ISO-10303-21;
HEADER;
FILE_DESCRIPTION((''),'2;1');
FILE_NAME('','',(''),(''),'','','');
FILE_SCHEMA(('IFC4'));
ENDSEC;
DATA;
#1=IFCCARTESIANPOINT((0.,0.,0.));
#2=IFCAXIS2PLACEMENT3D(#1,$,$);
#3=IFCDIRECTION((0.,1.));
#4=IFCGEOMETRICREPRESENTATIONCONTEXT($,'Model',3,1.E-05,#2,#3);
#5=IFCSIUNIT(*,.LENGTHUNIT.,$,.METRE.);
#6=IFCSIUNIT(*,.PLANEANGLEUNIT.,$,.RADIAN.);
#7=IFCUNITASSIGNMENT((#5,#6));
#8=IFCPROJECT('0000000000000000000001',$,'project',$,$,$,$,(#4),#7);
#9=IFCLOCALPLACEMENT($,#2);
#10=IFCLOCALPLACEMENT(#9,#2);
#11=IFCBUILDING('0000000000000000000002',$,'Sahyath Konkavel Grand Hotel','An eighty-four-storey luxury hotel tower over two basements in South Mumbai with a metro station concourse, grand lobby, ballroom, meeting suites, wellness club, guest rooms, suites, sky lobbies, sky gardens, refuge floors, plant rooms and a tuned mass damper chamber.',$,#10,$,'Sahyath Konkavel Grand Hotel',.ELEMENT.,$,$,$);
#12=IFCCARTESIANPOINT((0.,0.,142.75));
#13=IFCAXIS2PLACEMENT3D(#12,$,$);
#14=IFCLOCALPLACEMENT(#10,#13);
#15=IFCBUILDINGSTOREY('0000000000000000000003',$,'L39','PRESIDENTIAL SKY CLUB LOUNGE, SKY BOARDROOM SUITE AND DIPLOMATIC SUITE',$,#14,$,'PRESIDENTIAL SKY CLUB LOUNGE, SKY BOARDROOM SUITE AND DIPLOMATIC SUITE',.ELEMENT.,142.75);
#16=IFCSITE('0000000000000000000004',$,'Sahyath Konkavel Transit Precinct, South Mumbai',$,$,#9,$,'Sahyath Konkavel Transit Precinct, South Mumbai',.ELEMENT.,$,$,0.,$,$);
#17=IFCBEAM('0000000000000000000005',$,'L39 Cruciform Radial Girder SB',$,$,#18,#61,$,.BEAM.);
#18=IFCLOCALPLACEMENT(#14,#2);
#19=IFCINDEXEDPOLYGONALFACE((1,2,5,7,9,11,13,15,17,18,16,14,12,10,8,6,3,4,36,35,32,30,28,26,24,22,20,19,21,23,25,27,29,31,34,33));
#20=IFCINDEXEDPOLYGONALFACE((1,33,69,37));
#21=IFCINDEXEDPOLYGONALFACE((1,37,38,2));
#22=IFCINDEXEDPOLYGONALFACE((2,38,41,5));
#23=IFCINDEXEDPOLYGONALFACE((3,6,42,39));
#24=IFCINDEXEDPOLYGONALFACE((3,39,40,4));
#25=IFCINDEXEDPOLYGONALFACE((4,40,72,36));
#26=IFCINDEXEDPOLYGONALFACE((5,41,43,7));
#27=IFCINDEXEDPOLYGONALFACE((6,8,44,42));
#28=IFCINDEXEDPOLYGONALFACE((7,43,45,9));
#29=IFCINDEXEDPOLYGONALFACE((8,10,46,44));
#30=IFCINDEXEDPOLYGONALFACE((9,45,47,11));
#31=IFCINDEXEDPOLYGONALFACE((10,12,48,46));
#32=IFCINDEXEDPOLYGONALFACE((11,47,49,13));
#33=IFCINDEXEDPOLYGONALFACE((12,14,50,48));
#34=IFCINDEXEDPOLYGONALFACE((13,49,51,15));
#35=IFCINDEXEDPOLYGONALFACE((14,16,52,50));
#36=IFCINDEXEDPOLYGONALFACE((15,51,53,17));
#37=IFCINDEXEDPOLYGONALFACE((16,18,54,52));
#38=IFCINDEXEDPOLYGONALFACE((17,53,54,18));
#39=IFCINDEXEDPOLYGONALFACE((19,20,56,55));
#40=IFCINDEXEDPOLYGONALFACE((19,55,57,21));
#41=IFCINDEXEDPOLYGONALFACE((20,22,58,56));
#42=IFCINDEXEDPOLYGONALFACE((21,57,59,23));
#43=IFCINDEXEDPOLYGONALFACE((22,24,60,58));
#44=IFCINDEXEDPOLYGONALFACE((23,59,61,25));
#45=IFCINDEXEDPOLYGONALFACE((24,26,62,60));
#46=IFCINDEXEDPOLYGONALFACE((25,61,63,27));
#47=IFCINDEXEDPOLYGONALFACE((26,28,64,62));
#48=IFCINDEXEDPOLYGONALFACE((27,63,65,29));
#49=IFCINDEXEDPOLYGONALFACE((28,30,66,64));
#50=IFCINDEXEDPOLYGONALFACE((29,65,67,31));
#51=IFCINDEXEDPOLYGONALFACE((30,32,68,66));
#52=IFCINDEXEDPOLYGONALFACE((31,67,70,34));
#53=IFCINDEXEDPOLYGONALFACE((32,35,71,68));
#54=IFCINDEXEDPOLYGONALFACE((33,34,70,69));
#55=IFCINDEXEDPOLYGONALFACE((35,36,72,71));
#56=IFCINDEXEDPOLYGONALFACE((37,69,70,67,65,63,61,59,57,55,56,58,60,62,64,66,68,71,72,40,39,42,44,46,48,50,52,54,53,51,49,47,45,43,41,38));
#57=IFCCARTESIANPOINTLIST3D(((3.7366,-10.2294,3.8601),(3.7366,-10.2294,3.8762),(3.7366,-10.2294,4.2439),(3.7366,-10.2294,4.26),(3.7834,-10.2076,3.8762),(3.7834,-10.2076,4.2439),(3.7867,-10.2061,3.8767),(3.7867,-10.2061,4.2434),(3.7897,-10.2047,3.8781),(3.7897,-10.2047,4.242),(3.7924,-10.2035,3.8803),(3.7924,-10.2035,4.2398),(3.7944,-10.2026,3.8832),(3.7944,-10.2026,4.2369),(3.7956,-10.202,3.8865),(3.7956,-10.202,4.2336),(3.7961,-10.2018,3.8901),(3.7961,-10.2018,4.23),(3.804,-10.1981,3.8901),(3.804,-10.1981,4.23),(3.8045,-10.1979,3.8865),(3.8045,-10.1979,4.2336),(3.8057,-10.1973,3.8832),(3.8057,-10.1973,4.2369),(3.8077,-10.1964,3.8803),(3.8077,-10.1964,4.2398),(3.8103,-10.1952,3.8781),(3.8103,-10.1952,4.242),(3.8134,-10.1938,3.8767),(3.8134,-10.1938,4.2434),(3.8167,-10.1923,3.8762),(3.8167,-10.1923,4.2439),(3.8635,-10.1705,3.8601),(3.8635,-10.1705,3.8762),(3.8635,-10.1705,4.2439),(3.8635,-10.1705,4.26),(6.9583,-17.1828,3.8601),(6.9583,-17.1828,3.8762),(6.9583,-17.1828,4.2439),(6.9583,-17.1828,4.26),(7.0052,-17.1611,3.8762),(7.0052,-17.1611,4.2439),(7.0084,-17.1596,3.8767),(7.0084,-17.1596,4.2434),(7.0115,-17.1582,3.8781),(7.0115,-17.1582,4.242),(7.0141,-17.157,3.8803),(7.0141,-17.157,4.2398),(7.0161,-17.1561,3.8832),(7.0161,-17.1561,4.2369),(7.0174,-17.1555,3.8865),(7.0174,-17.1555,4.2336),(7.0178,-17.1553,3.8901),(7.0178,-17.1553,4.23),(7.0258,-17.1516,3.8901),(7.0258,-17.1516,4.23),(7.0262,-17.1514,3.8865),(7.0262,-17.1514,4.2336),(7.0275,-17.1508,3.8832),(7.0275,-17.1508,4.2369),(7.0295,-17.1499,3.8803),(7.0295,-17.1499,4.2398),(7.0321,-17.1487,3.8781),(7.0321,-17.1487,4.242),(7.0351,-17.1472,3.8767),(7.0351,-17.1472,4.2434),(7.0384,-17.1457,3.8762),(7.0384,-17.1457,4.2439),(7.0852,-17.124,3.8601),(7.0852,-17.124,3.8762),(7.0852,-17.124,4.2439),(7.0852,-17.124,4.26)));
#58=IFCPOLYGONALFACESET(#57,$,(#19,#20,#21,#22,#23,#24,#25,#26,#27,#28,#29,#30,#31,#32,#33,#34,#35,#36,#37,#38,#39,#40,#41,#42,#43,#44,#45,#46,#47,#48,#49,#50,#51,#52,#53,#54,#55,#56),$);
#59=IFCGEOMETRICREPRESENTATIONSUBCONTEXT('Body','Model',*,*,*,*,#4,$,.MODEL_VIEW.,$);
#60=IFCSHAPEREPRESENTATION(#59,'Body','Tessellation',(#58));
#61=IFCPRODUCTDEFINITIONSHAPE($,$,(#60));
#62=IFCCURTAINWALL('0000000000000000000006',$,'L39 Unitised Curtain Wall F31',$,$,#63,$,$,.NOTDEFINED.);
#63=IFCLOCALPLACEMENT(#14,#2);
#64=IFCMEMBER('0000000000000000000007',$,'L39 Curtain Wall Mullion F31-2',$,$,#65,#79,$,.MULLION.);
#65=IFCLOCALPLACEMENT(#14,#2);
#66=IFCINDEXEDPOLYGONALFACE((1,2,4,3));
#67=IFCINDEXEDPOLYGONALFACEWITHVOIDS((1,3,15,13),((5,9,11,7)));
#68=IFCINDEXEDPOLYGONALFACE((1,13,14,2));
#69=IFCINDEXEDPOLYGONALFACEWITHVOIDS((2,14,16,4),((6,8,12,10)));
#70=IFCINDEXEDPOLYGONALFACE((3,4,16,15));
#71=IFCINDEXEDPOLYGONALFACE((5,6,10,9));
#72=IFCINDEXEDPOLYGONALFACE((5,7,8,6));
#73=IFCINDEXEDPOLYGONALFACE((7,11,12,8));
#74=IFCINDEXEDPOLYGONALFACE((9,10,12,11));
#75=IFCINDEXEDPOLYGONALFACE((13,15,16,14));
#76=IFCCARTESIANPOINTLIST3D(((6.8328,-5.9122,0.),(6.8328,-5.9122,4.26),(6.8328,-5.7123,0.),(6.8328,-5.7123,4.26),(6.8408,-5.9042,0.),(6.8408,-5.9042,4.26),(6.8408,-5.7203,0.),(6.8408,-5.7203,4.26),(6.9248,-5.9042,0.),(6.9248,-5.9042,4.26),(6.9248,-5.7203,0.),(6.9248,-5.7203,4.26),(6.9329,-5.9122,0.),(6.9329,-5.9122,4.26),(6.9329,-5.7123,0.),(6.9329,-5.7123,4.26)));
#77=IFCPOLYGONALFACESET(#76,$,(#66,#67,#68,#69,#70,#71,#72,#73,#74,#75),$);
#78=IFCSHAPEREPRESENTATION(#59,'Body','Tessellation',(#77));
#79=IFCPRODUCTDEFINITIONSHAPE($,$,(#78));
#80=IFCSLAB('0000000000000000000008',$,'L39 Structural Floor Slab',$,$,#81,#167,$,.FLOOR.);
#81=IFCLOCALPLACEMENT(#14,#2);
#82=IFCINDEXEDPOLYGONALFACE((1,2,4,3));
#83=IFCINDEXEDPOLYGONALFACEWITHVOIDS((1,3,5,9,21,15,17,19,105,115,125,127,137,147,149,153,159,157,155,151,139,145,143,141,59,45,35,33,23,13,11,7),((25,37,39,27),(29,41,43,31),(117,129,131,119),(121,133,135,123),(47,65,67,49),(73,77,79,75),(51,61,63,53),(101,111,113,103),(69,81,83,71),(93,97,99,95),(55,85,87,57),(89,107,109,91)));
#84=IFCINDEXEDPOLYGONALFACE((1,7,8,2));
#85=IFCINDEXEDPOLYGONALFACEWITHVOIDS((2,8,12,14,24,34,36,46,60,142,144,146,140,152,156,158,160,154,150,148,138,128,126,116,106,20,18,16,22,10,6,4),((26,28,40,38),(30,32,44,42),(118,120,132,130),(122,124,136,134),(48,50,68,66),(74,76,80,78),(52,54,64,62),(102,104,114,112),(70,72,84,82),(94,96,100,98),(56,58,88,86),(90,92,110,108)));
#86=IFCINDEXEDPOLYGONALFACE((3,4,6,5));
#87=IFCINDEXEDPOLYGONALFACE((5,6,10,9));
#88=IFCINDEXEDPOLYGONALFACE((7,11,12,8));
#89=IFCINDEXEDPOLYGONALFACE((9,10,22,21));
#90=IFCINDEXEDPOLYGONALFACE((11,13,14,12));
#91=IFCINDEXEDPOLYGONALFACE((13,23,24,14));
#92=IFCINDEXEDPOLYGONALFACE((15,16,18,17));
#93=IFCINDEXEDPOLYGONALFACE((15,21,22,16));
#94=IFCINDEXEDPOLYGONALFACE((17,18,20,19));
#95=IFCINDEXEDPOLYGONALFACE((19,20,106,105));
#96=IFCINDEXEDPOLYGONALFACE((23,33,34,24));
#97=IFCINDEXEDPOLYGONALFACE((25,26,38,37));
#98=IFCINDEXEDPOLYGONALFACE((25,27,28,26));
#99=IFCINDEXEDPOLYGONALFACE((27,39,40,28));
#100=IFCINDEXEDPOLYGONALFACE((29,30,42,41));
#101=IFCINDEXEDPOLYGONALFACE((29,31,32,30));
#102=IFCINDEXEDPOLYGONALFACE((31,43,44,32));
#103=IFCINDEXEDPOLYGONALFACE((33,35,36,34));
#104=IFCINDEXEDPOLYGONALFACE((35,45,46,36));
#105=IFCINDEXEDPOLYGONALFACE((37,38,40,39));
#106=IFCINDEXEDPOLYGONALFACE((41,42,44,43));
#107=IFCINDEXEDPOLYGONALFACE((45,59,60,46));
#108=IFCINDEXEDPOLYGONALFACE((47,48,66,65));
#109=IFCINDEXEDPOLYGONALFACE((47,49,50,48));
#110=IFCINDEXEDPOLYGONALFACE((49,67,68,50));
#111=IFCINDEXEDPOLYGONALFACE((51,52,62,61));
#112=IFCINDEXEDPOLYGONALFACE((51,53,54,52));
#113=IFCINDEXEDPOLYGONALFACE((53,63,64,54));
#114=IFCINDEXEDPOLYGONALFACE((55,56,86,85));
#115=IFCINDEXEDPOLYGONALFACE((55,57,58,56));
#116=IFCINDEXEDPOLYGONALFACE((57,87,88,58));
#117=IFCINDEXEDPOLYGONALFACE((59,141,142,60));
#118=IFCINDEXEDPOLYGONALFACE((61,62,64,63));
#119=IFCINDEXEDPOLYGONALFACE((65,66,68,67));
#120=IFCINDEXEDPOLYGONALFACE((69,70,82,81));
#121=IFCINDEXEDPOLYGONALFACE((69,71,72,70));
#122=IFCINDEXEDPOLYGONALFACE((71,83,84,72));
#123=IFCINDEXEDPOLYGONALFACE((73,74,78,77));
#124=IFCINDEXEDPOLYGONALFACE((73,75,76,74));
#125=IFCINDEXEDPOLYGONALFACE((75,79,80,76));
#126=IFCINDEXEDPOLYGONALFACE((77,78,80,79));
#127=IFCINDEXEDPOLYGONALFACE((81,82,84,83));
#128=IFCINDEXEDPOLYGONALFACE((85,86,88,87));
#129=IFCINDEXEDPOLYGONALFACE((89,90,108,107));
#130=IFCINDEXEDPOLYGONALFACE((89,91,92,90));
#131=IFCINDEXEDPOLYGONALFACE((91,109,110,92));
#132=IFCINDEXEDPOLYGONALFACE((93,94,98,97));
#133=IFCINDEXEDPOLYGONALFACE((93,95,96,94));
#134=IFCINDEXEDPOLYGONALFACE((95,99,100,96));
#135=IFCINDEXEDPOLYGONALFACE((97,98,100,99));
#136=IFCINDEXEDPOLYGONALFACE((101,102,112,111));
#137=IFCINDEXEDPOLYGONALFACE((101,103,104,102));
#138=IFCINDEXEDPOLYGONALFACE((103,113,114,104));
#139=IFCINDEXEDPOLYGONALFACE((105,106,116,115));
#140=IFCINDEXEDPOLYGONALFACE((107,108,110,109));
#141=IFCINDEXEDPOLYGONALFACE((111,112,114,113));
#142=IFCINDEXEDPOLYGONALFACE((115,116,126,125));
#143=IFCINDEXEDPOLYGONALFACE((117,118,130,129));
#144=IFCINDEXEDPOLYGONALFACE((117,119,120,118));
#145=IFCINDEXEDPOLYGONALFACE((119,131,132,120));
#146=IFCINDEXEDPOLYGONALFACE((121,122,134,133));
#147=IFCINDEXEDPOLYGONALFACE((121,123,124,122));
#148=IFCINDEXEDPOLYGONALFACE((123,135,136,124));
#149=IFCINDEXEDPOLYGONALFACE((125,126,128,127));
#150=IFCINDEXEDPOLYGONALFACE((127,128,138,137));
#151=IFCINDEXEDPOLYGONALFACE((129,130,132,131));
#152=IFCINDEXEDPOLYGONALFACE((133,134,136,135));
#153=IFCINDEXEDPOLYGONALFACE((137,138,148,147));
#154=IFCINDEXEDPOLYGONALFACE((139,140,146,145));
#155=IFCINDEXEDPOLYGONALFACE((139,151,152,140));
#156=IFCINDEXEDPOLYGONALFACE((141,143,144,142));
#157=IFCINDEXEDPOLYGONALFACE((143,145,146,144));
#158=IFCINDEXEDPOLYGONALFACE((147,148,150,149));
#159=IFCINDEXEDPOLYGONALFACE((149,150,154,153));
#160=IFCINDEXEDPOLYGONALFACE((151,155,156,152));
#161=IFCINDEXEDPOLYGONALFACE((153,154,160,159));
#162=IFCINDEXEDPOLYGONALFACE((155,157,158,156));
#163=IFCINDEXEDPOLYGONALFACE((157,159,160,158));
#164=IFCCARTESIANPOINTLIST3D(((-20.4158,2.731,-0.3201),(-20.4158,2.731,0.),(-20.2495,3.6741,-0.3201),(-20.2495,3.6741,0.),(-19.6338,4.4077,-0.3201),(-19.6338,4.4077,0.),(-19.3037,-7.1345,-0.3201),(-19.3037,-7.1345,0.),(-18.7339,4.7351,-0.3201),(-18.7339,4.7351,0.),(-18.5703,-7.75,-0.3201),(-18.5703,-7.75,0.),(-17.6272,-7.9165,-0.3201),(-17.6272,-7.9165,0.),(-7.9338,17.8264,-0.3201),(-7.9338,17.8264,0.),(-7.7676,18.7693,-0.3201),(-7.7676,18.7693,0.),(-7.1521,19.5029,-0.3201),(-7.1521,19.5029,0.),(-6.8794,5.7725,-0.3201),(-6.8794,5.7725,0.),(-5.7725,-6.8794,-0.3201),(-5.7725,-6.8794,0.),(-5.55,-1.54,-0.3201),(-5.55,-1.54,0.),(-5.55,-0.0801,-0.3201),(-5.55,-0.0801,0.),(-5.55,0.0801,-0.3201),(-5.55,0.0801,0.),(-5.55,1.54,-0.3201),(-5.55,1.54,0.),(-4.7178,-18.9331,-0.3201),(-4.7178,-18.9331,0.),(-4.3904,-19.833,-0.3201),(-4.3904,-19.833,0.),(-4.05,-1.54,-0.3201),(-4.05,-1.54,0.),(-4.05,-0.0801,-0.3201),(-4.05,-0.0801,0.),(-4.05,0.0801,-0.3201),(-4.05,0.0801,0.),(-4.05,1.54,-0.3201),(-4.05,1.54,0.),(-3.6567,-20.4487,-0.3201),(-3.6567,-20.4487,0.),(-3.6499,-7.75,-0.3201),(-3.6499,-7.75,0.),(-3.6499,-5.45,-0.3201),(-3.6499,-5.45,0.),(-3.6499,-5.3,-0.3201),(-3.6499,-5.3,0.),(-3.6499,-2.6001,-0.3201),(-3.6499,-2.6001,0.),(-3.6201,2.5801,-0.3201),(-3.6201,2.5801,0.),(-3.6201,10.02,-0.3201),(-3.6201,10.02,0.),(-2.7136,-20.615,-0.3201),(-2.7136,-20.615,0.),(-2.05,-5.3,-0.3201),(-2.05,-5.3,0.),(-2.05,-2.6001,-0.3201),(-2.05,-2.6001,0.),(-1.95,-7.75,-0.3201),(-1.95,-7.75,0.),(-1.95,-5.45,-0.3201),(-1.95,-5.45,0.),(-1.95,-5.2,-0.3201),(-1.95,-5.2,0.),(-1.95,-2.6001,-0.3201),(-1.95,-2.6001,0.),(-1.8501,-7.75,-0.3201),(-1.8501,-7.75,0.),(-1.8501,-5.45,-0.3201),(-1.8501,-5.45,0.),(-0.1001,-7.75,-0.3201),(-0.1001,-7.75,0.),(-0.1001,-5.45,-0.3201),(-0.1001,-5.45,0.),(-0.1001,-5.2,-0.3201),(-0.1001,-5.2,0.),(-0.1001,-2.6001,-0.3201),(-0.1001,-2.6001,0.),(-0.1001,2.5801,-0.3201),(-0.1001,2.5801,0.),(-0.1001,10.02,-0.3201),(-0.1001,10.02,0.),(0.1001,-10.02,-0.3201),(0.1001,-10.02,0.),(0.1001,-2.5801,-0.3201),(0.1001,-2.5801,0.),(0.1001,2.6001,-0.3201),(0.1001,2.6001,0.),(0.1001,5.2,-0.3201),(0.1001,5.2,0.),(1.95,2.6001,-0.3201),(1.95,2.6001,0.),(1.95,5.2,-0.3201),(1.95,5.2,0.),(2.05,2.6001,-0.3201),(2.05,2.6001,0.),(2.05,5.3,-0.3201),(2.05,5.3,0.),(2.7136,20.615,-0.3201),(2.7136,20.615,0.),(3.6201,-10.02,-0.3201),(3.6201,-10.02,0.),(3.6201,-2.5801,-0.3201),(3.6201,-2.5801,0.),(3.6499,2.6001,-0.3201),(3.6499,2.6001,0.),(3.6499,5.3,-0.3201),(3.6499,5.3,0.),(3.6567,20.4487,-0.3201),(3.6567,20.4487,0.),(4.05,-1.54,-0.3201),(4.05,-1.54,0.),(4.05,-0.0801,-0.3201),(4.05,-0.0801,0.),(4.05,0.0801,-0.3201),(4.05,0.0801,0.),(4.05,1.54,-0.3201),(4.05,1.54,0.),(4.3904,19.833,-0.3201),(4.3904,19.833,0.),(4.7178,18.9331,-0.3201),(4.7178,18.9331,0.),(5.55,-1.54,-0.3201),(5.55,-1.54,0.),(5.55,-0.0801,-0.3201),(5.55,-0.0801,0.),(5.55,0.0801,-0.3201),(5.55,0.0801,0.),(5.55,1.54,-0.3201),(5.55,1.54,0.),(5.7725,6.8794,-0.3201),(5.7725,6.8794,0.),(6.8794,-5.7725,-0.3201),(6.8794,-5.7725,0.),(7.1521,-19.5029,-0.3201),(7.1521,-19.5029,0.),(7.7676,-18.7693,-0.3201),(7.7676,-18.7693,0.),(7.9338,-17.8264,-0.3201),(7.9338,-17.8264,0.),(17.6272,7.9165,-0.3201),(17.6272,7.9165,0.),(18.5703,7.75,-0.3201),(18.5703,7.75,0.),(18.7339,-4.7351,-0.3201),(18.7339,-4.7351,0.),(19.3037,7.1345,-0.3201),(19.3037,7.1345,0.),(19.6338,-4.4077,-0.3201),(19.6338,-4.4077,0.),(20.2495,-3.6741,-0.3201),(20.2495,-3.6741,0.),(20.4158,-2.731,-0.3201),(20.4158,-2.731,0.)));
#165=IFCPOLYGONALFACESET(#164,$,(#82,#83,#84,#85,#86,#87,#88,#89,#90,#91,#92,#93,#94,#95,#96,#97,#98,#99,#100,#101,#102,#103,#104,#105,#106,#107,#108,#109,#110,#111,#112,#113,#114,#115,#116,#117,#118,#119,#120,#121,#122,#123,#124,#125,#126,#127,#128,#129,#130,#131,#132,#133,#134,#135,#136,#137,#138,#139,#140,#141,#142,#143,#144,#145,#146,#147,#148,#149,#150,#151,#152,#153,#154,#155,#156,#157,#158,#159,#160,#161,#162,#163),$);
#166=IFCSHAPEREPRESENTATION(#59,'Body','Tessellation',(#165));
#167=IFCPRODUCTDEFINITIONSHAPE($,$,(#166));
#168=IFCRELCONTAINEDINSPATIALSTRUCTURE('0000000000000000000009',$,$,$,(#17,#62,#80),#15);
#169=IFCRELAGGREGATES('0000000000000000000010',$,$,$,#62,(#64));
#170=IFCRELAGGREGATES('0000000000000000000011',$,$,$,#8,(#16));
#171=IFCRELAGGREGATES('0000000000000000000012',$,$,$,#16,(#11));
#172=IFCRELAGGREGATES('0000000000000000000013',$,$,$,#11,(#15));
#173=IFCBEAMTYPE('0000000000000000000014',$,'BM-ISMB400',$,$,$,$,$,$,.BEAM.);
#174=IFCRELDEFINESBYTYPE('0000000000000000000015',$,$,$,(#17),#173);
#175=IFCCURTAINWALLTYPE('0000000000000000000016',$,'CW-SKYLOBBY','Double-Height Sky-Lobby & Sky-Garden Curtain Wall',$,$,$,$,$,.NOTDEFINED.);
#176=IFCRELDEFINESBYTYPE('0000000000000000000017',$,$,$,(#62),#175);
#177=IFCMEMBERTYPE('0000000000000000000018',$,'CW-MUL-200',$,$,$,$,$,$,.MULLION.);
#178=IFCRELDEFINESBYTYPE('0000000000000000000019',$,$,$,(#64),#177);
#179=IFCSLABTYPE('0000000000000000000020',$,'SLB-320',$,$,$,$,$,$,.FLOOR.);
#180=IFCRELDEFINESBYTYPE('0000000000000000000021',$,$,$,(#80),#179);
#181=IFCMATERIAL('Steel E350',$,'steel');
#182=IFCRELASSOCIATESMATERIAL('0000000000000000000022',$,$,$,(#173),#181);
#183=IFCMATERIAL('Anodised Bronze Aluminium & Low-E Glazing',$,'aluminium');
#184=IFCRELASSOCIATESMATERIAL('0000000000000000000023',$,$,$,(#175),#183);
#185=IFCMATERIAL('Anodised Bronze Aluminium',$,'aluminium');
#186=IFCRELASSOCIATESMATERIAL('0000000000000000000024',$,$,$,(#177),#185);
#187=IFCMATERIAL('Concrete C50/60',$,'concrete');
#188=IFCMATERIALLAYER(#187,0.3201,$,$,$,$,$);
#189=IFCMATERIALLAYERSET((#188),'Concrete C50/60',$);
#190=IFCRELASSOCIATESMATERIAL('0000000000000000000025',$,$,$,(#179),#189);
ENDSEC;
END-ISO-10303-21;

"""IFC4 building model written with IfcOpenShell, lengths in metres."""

from ifc_helpers import new_model, si_unit, direction, frame, origin, origin_2d, place, context, subcontext, project, spatial, polyline, hollow_rectangle, i_section, outline, extrude, source, transform, mapped, material, layer, layer_set, material_profile, profile_set, type_object, element, aggregate, save


model = new_model("IFC4")

# Units and contexts
model_context = context("Model", 3, precision=1e-05, world=origin(), true_north=direction((0.0, 1.0)))
body_context = subcontext(model_context, "Body", "Model", "MODEL_VIEW")
ifc_project = project(units=[si_unit("LENGTHUNIT", "METRE"), si_unit("PLANEANGLEUNIT", "RADIAN")], contexts=[model_context])

# Site, building, storey
site_placement = place(None, origin())
site = spatial("IfcSite", under=ifc_project, at=site_placement, Name="Sahyath Konkavel Transit Precinct, South Mumbai", LongName="Sahyath Konkavel Transit Precinct, South Mumbai", CompositionType="ELEMENT", RefElevation=0.0)
building_placement = place(site_placement, origin())
building = spatial("IfcBuilding", under=site, at=building_placement, Name="Sahyath Konkavel Grand Hotel", Description="An eighty-four-storey luxury hotel tower over two basements in South Mumbai with a metro station concourse, grand lobby, ballroom, meeting suites, wellness club, guest rooms, suites, sky lobbies, sky gardens, refuge floors, plant rooms and a tuned mass damper chamber.", LongName="Sahyath Konkavel Grand Hotel", CompositionType="ELEMENT")
storey_placement = place(building_placement, frame((0.0, 0.0, 142.75)))
storey = spatial("IfcBuildingStorey", under=building, at=storey_placement, Name="L39", Description="PRESIDENTIAL SKY CLUB LOUNGE, SKY BOARDROOM SUITE AND DIPLOMATIC SUITE", LongName="PRESIDENTIAL SKY CLUB LOUNGE, SKY BOARDROOM SUITE AND DIPLOMATIC SUITE", CompositionType="ELEMENT", Elevation=142.75)

# Shared definitions
ifc_material_1 = material(Name="Concrete C50/60", Category="concrete")

# Beam
ifc_material_2 = material(Name="Steel E350", Category="steel")
ifc_material_profile_1 = material_profile(ifc_material_2, i_section(OverallWidth=0.1399, OverallDepth=0.3999, WebThickness=0.0088, FlangeThickness=0.0161, FilletRadius=0.0139, at=origin_2d()), Name="ISMB 400")
ifc_profile_set_1 = profile_set([ifc_material_profile_1], Name="Steel E350")
beam_type_1 = type_object("IfcBeamType", Name="BM-ISMB400", PredefinedType="BEAM", material=ifc_profile_set_1)
shared_shape_1 = source(origin(), body_context, "Body", "SweptSolid", [
    extrude(i_section(OverallWidth=0.1399, OverallDepth=0.3999, WebThickness=0.0088, FlangeThickness=0.0161, FilletRadius=0.0139, at=origin_2d()), origin(), (0.0, 0.0, 1.0), 7.6636),
])
beam_1_placement = place(storey_placement, frame((3.8, -10.2, 4.0601), z_axis=(0.420395, -0.907341, 0.0), x_axis=(0.907341, 0.420395, 0.0)))
element("IfcBeam", 1, at=beam_1_placement, inside=storey, type_object=beam_type_1, Name="L39 Cruciform Radial Girder SB", PredefinedType="BEAM", context=body_context, shape_type="MappedRepresentation", body=[
    mapped(shared_shape_1, transform((0.0, 0.0, 0.0), scale=1.0)),
])

# Curtain wall, member
ifc_material_3 = material(Name="Anodised Bronze Aluminium & Low-E Glazing", Category="aluminium")
curtain_wall_type = type_object("IfcCurtainWallType", Name="CW-SKYLOBBY", Description="Double-Height Sky-Lobby & Sky-Garden Curtain Wall", PredefinedType="NOTDEFINED", material=ifc_material_3)
curtain_wall_placement = place(storey_placement, origin())
curtain_wall = element("IfcCurtainWall", 2, at=curtain_wall_placement, inside=storey, type_object=curtain_wall_type, Name="L39 Unitised Curtain Wall F31", PredefinedType="NOTDEFINED")
ifc_material_4 = material(Name="Anodised Bronze Aluminium", Category="aluminium")
ifc_material_profile_2 = material_profile(ifc_material_4, hollow_rectangle(XDim=0.1001, YDim=0.2, WallThickness=0.0081, at=origin_2d()), Name="RHS 200x100x8")
ifc_profile_set_2 = profile_set([ifc_material_profile_2], Name="Anodised Bronze Aluminium")
member_type = type_object("IfcMemberType", Name="CW-MUL-200", PredefinedType="MULLION", material=ifc_profile_set_2)
shared_shape_2 = source(origin(), body_context, "Body", "SweptSolid", [
    extrude(hollow_rectangle(XDim=0.1001, YDim=0.2, WallThickness=0.0081, at=origin_2d()), origin(), (0.0, 0.0, 1.0), 4.26),
])
member_placement = place(storey_placement, frame((6.8828, -5.8123, 0.0), z_axis=(0.0, 0.0, 1.0), x_axis=(1.0, 0.0, 0.0)))
member = element("IfcMember", 3, at=member_placement, type_object=member_type, Name="L39 Curtain Wall Mullion F31-2", PredefinedType="MULLION", context=body_context, shape_type="MappedRepresentation", body=[
    mapped(shared_shape_2, transform((0.0, 0.0, 0.0), scale=1.0)),
])

# Slab
ifc_layer_1 = layer(ifc_material_1, 0.3201)
ifc_layer_set_1 = layer_set([ifc_layer_1], Name="Concrete C50/60")
slab_type = type_object("IfcSlabType", Name="SLB-320", PredefinedType="FLOOR", material=ifc_layer_set_1)
slab_placement = place(storey_placement, frame((0.0, 0.0, -0.3201)))
element("IfcSlab", 4, at=slab_placement, inside=storey, type_object=slab_type, Name="L39 Structural Floor Slab", PredefinedType="FLOOR", context=body_context, shape_type="SweptSolid", body=[
    extrude(outline(polyline([(6.8794, -5.7725), (18.7339, -4.7351), (19.6338, -4.4077), (20.2495, -3.6741), (20.4158, -2.731), (19.3037, 7.1345), (18.5703, 7.75), (17.6272, 7.9165), (5.7725, 6.8794), (4.7178, 18.9331), (4.3904, 19.833), (3.6567, 20.4487), (2.7136, 20.615), (-7.1521, 19.5029), (-7.7676, 18.7693), (-7.9338, 17.8264), (-6.8794, 5.7725), (-18.7339, 4.7351), (-19.6338, 4.4077), (-20.2495, 3.6741), (-20.4158, 2.731), (-19.3037, -7.1345), (-18.5703, -7.75), (-17.6272, -7.9165), (-5.7725, -6.8794), (-4.7178, -18.9331), (-4.3904, -19.833), (-3.6567, -20.4487), (-2.7136, -20.615), (7.1521, -19.5029), (7.7676, -18.7693), (7.9338, -17.8264), (6.8794, -5.7725)]), holes=[polyline([(-3.6201, 2.5801), (-0.1001, 2.5801), (-0.1001, 10.02), (-3.6201, 10.02), (-3.6201, 2.5801)]), polyline([(0.1001, -10.02), (3.6201, -10.02), (3.6201, -2.5801), (0.1001, -2.5801), (0.1001, -10.02)]), polyline([(0.1001, 2.6001), (1.95, 2.6001), (1.95, 5.2), (0.1001, 5.2), (0.1001, 2.6001)]), polyline([(-1.95, -5.2), (-0.1001, -5.2), (-0.1001, -2.6001), (-1.95, -2.6001), (-1.95, -5.2)]), polyline([(2.05, 2.6001), (3.6499, 2.6001), (3.6499, 5.3), (2.05, 5.3), (2.05, 2.6001)]), polyline([(-3.6499, -5.3), (-2.05, -5.3), (-2.05, -2.6001), (-3.6499, -2.6001), (-3.6499, -5.3)]), polyline([(-3.6499, -7.75), (-1.95, -7.75), (-1.95, -5.45), (-3.6499, -5.45), (-3.6499, -7.75)]), polyline([(-1.8501, -7.75), (-0.1001, -7.75), (-0.1001, -5.45), (-1.8501, -5.45), (-1.8501, -7.75)]), polyline([(4.05, 0.0801), (5.55, 0.0801), (5.55, 1.54), (4.05, 1.54), (4.05, 0.0801)]), polyline([(4.05, -1.54), (5.55, -1.54), (5.55, -0.0801), (4.05, -0.0801), (4.05, -1.54)]), polyline([(-5.55, 0.0801), (-4.05, 0.0801), (-4.05, 1.54), (-5.55, 1.54), (-5.55, 0.0801)]), polyline([(-5.55, -1.54), (-4.05, -1.54), (-4.05, -0.0801), (-5.55, -0.0801), (-5.55, -1.54)])]), origin(), (0.0, 0.0, 1.0), 0.3201),
])

aggregate(curtain_wall, [member])

save(model, "model.ifc")
